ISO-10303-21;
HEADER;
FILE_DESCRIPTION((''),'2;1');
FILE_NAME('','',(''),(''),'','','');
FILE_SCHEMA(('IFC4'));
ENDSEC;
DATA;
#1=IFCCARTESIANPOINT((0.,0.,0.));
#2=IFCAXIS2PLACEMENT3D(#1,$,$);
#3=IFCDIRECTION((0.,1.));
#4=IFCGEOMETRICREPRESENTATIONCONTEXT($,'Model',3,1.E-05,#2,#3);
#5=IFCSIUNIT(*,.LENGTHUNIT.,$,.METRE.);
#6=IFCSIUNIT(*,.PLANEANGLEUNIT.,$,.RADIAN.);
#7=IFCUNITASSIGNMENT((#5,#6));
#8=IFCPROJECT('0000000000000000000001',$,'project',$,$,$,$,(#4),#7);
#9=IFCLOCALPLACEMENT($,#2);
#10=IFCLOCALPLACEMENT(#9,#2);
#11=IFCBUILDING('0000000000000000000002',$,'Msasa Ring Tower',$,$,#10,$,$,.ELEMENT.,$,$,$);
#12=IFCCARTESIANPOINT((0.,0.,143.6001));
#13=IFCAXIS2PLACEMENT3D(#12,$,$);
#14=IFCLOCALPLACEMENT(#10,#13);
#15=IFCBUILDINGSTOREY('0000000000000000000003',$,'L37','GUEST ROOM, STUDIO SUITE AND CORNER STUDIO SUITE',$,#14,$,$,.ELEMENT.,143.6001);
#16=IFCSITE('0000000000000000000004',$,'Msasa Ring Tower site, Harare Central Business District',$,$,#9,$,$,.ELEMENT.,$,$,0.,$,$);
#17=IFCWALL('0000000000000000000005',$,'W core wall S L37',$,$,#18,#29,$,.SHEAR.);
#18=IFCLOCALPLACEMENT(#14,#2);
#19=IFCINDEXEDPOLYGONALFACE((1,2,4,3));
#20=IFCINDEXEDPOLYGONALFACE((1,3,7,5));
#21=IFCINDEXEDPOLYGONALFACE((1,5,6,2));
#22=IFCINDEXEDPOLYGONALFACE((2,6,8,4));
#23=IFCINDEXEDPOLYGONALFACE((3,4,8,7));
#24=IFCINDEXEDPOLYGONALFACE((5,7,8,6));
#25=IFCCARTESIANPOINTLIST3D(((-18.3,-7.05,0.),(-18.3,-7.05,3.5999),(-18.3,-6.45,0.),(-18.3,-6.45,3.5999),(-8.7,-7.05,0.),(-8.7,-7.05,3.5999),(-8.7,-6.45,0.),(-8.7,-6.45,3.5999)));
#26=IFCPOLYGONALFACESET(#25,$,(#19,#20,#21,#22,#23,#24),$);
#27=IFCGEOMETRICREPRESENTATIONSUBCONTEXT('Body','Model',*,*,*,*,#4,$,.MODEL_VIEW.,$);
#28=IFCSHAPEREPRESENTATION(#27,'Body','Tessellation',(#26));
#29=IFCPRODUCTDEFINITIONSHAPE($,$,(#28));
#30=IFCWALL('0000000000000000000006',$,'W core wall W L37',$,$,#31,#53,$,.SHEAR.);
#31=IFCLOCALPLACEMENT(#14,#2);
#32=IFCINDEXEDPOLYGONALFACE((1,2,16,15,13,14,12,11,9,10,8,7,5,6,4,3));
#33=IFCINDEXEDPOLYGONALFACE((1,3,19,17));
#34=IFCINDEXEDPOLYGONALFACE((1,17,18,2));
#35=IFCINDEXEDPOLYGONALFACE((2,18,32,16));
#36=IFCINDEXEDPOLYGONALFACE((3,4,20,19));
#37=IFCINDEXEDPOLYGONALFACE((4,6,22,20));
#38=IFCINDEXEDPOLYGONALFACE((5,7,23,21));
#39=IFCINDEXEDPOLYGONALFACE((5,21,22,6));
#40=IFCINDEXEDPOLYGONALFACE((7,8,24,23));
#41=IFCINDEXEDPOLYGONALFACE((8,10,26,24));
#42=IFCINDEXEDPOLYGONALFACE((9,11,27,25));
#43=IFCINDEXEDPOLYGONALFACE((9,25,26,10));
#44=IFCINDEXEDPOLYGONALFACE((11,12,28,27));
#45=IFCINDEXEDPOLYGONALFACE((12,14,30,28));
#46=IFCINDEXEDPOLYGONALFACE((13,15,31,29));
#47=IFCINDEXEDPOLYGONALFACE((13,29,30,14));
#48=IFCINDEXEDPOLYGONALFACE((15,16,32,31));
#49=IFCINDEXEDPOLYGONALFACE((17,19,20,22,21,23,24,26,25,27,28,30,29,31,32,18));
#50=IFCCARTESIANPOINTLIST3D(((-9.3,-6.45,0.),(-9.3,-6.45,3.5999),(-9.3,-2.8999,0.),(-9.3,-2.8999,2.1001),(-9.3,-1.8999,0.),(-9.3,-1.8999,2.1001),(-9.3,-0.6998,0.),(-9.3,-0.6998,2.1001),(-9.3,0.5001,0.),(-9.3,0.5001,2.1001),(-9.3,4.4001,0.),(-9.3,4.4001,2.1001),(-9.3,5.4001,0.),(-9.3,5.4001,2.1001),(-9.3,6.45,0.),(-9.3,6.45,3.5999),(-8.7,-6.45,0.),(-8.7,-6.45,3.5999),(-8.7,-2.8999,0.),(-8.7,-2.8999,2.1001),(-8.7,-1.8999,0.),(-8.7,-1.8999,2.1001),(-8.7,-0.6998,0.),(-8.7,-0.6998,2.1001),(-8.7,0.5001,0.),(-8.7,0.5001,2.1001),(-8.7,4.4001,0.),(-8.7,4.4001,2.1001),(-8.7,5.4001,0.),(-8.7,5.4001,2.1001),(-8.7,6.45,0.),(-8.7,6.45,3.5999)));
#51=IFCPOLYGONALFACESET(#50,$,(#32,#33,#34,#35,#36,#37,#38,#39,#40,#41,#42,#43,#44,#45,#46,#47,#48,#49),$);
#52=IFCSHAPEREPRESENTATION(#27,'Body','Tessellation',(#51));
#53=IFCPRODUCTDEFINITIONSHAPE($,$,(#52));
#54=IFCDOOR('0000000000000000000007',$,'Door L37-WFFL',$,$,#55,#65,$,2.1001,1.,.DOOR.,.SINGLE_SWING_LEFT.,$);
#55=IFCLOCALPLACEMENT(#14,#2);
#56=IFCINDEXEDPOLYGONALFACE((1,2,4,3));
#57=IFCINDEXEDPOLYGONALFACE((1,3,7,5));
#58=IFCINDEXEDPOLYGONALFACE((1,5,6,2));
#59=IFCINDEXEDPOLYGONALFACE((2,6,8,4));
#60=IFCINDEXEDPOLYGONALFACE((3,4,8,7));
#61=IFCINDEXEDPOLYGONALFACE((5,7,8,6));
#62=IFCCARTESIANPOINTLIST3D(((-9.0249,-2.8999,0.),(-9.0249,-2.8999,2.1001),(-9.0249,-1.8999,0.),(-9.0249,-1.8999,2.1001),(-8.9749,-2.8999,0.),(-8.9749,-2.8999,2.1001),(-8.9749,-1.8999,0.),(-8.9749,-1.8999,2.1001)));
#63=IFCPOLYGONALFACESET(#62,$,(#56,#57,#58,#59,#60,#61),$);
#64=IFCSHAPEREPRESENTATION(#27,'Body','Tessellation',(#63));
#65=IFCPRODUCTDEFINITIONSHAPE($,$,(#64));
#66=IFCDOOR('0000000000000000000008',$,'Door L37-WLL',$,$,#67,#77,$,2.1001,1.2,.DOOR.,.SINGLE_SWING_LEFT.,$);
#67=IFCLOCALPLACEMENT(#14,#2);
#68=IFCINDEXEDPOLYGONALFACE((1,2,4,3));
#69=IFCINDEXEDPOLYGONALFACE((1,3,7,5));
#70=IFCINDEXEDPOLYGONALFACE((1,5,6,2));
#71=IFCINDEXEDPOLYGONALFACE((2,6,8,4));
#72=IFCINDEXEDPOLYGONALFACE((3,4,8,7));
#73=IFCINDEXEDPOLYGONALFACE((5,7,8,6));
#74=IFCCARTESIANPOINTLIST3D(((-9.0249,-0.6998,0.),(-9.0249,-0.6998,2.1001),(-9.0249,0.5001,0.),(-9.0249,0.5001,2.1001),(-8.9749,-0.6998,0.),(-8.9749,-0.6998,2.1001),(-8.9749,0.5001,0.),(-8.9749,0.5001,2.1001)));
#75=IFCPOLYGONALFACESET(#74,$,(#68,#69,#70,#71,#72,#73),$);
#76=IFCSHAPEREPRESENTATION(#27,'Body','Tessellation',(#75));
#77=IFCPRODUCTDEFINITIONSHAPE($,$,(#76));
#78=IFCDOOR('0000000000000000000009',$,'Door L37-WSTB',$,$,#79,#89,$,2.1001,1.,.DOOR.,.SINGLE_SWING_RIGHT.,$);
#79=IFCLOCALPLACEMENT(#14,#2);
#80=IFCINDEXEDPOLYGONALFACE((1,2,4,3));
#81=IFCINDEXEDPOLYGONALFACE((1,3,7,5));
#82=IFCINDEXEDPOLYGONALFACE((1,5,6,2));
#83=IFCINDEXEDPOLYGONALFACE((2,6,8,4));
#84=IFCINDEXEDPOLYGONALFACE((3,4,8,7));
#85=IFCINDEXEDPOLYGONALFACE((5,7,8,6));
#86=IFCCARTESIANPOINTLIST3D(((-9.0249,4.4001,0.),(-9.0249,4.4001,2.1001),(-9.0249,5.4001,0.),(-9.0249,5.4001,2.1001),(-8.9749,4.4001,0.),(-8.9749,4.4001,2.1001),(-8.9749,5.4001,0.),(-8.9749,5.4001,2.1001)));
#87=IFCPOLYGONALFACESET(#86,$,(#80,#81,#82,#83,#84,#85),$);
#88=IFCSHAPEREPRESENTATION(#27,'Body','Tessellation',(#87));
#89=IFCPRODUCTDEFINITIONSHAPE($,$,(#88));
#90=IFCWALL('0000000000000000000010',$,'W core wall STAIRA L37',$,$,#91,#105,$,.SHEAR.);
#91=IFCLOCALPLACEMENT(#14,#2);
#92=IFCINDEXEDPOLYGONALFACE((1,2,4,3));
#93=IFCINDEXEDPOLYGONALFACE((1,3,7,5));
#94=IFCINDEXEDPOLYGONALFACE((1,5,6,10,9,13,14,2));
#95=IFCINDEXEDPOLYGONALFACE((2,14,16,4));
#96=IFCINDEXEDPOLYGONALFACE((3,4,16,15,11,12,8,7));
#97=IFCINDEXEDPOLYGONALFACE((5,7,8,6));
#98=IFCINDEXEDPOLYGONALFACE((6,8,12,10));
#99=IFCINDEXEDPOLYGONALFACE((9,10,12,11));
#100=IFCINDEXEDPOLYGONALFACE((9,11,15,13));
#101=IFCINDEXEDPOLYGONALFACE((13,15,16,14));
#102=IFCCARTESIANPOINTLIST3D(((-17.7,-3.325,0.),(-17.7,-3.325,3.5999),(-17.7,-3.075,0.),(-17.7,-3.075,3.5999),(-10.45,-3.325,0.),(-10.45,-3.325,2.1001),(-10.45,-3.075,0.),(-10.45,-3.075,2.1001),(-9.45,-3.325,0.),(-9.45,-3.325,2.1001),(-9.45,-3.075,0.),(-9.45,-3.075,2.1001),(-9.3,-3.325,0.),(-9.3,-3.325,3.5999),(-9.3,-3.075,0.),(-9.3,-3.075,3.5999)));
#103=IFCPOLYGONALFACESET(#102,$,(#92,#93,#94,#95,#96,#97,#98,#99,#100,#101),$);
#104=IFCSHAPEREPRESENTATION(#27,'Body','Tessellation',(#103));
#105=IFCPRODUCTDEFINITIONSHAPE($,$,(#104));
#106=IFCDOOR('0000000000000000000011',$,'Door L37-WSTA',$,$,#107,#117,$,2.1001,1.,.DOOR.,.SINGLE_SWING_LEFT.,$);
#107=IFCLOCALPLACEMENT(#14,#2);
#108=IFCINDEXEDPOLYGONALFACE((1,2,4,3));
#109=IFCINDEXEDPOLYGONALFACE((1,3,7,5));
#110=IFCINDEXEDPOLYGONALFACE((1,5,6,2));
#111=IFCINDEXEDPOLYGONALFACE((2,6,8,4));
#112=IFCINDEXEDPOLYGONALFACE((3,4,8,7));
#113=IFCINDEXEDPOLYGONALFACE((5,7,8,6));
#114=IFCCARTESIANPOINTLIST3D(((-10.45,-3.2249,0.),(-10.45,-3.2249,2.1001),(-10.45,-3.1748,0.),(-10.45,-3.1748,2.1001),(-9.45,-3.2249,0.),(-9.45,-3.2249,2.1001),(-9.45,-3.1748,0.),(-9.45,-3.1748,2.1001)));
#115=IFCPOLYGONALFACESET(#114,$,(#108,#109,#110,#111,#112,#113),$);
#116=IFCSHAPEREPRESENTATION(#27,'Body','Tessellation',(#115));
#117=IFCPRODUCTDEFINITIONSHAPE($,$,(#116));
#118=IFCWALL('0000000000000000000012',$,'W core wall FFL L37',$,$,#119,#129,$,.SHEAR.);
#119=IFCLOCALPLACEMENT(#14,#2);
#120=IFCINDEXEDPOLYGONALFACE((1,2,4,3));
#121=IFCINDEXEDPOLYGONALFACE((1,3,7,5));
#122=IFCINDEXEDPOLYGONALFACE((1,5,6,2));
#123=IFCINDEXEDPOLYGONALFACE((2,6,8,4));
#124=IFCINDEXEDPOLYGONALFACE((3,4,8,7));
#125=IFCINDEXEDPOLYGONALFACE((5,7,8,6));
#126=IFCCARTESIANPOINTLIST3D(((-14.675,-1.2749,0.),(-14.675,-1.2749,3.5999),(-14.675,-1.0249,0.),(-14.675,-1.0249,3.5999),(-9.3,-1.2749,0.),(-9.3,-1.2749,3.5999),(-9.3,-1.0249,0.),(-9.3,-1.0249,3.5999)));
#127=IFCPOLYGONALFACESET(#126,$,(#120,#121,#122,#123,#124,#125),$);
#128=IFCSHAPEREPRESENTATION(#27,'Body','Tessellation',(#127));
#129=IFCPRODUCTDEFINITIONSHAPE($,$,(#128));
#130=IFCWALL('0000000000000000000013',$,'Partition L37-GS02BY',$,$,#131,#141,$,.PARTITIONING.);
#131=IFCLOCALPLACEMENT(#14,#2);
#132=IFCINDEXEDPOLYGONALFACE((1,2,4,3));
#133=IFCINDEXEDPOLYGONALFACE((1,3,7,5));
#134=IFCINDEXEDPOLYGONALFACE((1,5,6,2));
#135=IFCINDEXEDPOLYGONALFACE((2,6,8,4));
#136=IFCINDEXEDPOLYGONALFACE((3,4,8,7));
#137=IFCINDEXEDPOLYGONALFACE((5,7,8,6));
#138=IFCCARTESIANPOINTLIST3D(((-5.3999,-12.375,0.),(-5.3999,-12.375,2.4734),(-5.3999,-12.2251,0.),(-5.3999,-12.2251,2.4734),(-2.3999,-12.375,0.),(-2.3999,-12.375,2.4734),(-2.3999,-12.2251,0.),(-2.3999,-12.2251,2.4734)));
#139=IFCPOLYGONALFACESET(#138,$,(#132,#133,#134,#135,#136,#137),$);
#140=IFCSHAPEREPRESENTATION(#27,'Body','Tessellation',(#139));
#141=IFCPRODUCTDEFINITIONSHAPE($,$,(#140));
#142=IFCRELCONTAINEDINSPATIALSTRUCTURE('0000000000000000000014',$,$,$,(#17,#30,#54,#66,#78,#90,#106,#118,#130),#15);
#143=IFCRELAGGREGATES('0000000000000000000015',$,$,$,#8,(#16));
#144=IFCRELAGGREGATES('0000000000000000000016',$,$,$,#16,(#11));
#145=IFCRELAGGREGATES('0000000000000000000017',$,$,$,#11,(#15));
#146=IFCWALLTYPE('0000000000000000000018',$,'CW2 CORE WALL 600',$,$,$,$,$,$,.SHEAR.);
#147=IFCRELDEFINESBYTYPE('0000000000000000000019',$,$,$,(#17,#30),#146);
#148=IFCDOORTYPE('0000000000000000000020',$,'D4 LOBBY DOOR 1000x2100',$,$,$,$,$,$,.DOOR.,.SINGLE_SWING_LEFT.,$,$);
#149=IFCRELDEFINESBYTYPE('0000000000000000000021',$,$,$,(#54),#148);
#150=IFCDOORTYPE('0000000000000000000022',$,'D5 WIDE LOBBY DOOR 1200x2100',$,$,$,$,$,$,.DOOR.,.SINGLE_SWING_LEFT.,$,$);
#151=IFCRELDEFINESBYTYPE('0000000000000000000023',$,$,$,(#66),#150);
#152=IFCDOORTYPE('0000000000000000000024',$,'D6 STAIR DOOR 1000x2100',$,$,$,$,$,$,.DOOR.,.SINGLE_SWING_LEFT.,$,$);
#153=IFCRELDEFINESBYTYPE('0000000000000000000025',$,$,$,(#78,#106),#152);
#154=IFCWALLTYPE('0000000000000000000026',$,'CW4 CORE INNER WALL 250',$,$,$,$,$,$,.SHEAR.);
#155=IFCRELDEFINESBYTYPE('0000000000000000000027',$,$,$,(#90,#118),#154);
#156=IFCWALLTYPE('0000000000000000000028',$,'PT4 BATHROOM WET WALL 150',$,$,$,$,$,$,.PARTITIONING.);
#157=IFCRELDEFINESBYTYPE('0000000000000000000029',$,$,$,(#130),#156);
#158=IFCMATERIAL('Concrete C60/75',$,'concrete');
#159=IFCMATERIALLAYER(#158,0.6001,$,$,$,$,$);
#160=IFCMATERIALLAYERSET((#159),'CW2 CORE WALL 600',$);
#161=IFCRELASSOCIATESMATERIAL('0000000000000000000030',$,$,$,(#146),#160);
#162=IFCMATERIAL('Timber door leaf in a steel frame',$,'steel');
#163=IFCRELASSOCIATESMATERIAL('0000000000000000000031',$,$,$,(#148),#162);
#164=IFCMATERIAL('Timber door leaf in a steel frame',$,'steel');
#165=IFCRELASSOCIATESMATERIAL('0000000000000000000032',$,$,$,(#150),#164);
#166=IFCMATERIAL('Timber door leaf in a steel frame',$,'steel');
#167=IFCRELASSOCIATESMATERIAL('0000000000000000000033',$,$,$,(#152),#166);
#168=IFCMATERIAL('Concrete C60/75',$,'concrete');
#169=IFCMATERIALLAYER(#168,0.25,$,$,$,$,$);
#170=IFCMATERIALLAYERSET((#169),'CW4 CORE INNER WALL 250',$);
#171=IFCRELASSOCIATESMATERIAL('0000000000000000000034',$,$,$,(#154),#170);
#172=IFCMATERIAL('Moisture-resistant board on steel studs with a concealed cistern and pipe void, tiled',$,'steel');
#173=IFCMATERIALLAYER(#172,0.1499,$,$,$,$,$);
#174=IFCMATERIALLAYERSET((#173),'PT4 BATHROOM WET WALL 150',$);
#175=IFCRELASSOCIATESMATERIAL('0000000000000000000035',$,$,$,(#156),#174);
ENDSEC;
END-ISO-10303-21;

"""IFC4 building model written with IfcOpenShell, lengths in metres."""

from ifc_helpers import new_model, si_unit, direction, frame, frame_2d, origin, place, context, subcontext, project, spatial, rectangle, extrude, material, layer, layer_set, type_object, element, fill, save


model = new_model("IFC4")

# Units and contexts
model_context = context("Model", 3, precision=1e-05, world=origin(), true_north=direction((0.0, 1.0)))
body_context = subcontext(model_context, "Body", "Model", "MODEL_VIEW")
ifc_project = project(units=[si_unit("LENGTHUNIT", "METRE"), si_unit("PLANEANGLEUNIT", "RADIAN")], contexts=[model_context])

# Site, building, storey
site_placement = place(None, origin())
site = spatial("IfcSite", under=ifc_project, at=site_placement, Name="Msasa Ring Tower site, Harare Central Business District", CompositionType="ELEMENT", RefElevation=0.0)
building_placement = place(site_placement, origin())
building = spatial("IfcBuilding", under=site, at=building_placement, Name="Msasa Ring Tower", CompositionType="ELEMENT")
storey_placement = place(building_placement, frame((0.0, 0.0, 143.6001)))
storey = spatial("IfcBuildingStorey", under=building, at=storey_placement, Name="L37", Description="GUEST ROOM, STUDIO SUITE AND CORNER STUDIO SUITE", CompositionType="ELEMENT", Elevation=143.6001)

# Wall
ifc_material_1 = material(Name="Concrete C60/75", Category="concrete")
ifc_layer_1 = layer(ifc_material_1, 0.6001)
ifc_layer_set_1 = layer_set([ifc_layer_1], Name="CW2 CORE WALL 600")
wall_type_1 = type_object("IfcWallType", Name="CW2 CORE WALL 600", PredefinedType="SHEAR", material=ifc_layer_set_1)
wall_1_placement = place(storey_placement, frame((-8.7, -6.75, 0.0), z_axis=(0.0, 0.0, 1.0), x_axis=(-1.0, 0.0, 0.0)))
element("IfcWall", 1, at=wall_1_placement, inside=storey, type_object=wall_type_1, Name="W core wall S L37", PredefinedType="SHEAR", context=body_context, shape_type="SweptSolid", body=[
    extrude(rectangle(XDim=9.6001, YDim=0.6001, at=frame_2d((4.8, 0.0))), origin(), (0.0, 0.0, 1.0), 3.5999),
])

# Wall, openings, doors
wall_2_placement = place(storey_placement, frame((-9.0, -6.45, 0.0), z_axis=(0.0, 0.0, 1.0), x_axis=(0.0, 1.0, 0.0)))
wall_2 = element("IfcWall", 2, at=wall_2_placement, inside=storey, type_object=wall_type_1, Name="W core wall W L37", PredefinedType="SHEAR", context=body_context, shape_type="SweptSolid", body=[
    extrude(rectangle(XDim=12.8999, YDim=0.6001, at=frame_2d((6.45, 0.0))), origin(), (0.0, 0.0, 1.0), 3.5999),
])
opening_1_placement = place(wall_2_placement, frame((3.55, 0.0, 0.0)))
opening_1 = element("IfcOpeningElement", 3, at=opening_1_placement, cuts=wall_2, PredefinedType="OPENING", context=body_context, shape_type="SweptSolid", body=[
    extrude(rectangle(XDim=1.0, YDim=2.1001, at=frame_2d((0.5, 1.05))), frame((0.0, 0.3101, 0.0), z_axis=(0.0, -1.0, 0.0), x_axis=(1.0, 0.0, 0.0)), (0.0, 0.0, 1.0), 0.6201),
])
opening_2_placement = place(wall_2_placement, frame((5.75, 0.0, 0.0)))
opening_2 = element("IfcOpeningElement", 4, at=opening_2_placement, cuts=wall_2, PredefinedType="OPENING", context=body_context, shape_type="SweptSolid", body=[
    extrude(rectangle(XDim=1.2, YDim=2.1001, at=frame_2d((0.6001, 1.05))), frame((0.0, 0.3101, 0.0), z_axis=(0.0, -1.0, 0.0), x_axis=(1.0, 0.0, 0.0)), (0.0, 0.0, 1.0), 0.6201),
])
opening_3_placement = place(wall_2_placement, frame((10.8501, 0.0, 0.0)))
opening_3 = element("IfcOpeningElement", 5, at=opening_3_placement, cuts=wall_2, PredefinedType="OPENING", context=body_context, shape_type="SweptSolid", body=[
    extrude(rectangle(XDim=1.0, YDim=2.1001, at=frame_2d((0.5, 1.05))), frame((0.0, 0.3101, 0.0), z_axis=(0.0, -1.0, 0.0), x_axis=(1.0, 0.0, 0.0)), (0.0, 0.0, 1.0), 0.6201),
])
ifc_material_2 = material(Name="Timber door leaf in a steel frame", Category="steel")
door_type_1 = type_object("IfcDoorType", Name="D4 LOBBY DOOR 1000x2100", OperationType="SINGLE_SWING_LEFT", PredefinedType="DOOR", material=ifc_material_2)
door_1_placement = place(opening_1_placement, origin())
door_1 = element("IfcDoor", 6, at=door_1_placement, inside=storey, type_object=door_type_1, Name="Door L37-WFFL", OperationType="SINGLE_SWING_LEFT", OverallHeight=2.1001, OverallWidth=1.0, PredefinedType="DOOR", context=body_context, shape_type="SweptSolid", body=[
    extrude(rectangle(XDim=1.0, YDim=2.1001, at=frame_2d((0.5, 1.05))), frame((0.0, 0.0249, 0.0), z_axis=(0.0, -1.0, 0.0), x_axis=(1.0, 0.0, 0.0)), (0.0, 0.0, 1.0), 0.05),
])
fill(opening_1, door_1)
ifc_material_3 = material(Name="Timber door leaf in a steel frame", Category="steel")
door_type_2 = type_object("IfcDoorType", Name="D5 WIDE LOBBY DOOR 1200x2100", OperationType="SINGLE_SWING_LEFT", PredefinedType="DOOR", material=ifc_material_3)
door_2_placement = place(opening_2_placement, origin())
door_2 = element("IfcDoor", 7, at=door_2_placement, inside=storey, type_object=door_type_2, Name="Door L37-WLL", OperationType="SINGLE_SWING_LEFT", OverallHeight=2.1001, OverallWidth=1.2, PredefinedType="DOOR", context=body_context, shape_type="SweptSolid", body=[
    extrude(rectangle(XDim=1.2, YDim=2.1001, at=frame_2d((0.6001, 1.05))), frame((0.0, 0.0249, 0.0), z_axis=(0.0, -1.0, 0.0), x_axis=(1.0, 0.0, 0.0)), (0.0, 0.0, 1.0), 0.05),
])
fill(opening_2, door_2)
ifc_material_4 = material(Name="Timber door leaf in a steel frame", Category="steel")
door_type_3 = type_object("IfcDoorType", Name="D6 STAIR DOOR 1000x2100", OperationType="SINGLE_SWING_LEFT", PredefinedType="DOOR", material=ifc_material_4)
door_3_placement = place(opening_3_placement, origin())
door_3 = element("IfcDoor", 8, at=door_3_placement, inside=storey, type_object=door_type_3, Name="Door L37-WSTB", OperationType="SINGLE_SWING_RIGHT", OverallHeight=2.1001, OverallWidth=1.0, PredefinedType="DOOR", context=body_context, shape_type="SweptSolid", body=[
    extrude(rectangle(XDim=1.0, YDim=2.1001, at=frame_2d((0.5, 1.05))), frame((0.0, 0.0249, 0.0), z_axis=(0.0, -1.0, 0.0), x_axis=(1.0, 0.0, 0.0)), (0.0, 0.0, 1.0), 0.05),
])
fill(opening_3, door_3)

# Wall, opening, door
ifc_material_5 = material(Name="Concrete C60/75", Category="concrete")
ifc_layer_2 = layer(ifc_material_5, 0.25)
ifc_layer_set_2 = layer_set([ifc_layer_2], Name="CW4 CORE INNER WALL 250")
wall_type_2 = type_object("IfcWallType", Name="CW4 CORE INNER WALL 250", PredefinedType="SHEAR", material=ifc_layer_set_2)
wall_3_placement = place(storey_placement, frame((-9.3, -3.2, 0.0), z_axis=(0.0, 0.0, 1.0), x_axis=(-1.0, 0.0, 0.0)))
wall_3 = element("IfcWall", 9, at=wall_3_placement, inside=storey, type_object=wall_type_2, Name="W core wall STAIRA L37", PredefinedType="SHEAR", context=body_context, shape_type="SweptSolid", body=[
    extrude(rectangle(XDim=8.3999, YDim=0.25, at=frame_2d((4.2, 0.0))), origin(), (0.0, 0.0, 1.0), 3.5999),
])
opening_4_placement = place(wall_3_placement, frame((0.1499, 0.0, 0.0)))
opening_4 = element("IfcOpeningElement", 10, at=opening_4_placement, cuts=wall_3, PredefinedType="OPENING", context=body_context, shape_type="SweptSolid", body=[
    extrude(rectangle(XDim=1.0, YDim=2.1001, at=frame_2d((0.5, 1.05))), frame((0.0, 0.135, 0.0), z_axis=(0.0, -1.0, 0.0), x_axis=(1.0, 0.0, 0.0)), (0.0, 0.0, 1.0), 0.27),
])
door_4_placement = place(opening_4_placement, origin())
door_4 = element("IfcDoor", 11, at=door_4_placement, inside=storey, type_object=door_type_3, Name="Door L37-WSTA", OperationType="SINGLE_SWING_LEFT", OverallHeight=2.1001, OverallWidth=1.0, PredefinedType="DOOR", context=body_context, shape_type="SweptSolid", body=[
    extrude(rectangle(XDim=1.0, YDim=2.1001, at=frame_2d((0.5, 1.05))), frame((0.0, 0.0249, 0.0), z_axis=(0.0, -1.0, 0.0), x_axis=(1.0, 0.0, 0.0)), (0.0, 0.0, 1.0), 0.05),
])
fill(opening_4, door_4)

# Walls
wall_4_placement = place(storey_placement, frame((-9.3, -1.1499, 0.0), z_axis=(0.0, 0.0, 1.0), x_axis=(-1.0, 0.0, 0.0)))
element("IfcWall", 12, at=wall_4_placement, inside=storey, type_object=wall_type_2, Name="W core wall FFL L37", PredefinedType="SHEAR", context=body_context, shape_type="SweptSolid", body=[
    extrude(rectangle(XDim=5.375, YDim=0.25, at=frame_2d((2.6875, 0.0))), origin(), (0.0, 0.0, 1.0), 3.5999),
])
ifc_material_6 = material(Name="Moisture-resistant board on steel studs with a concealed cistern and pipe void, tiled", Category="steel")
ifc_layer_3 = layer(ifc_material_6, 0.1499)
ifc_layer_set_3 = layer_set([ifc_layer_3], Name="PT4 BATHROOM WET WALL 150")
wall_type_3 = type_object("IfcWallType", Name="PT4 BATHROOM WET WALL 150", PredefinedType="PARTITIONING", material=ifc_layer_set_3)
wall_5_placement = place(storey_placement, frame((-5.3999, -12.3, 0.0), z_axis=(0.0, 0.0, 1.0), x_axis=(1.0, 0.0, 0.0)))
element("IfcWall", 13, at=wall_5_placement, inside=storey, type_object=wall_type_3, Name="Partition L37-GS02BY", PredefinedType="PARTITIONING", context=body_context, shape_type="SweptSolid", body=[
    extrude(rectangle(XDim=3.0, YDim=0.1499, at=frame_2d((1.5, 0.0))), origin(), (0.0, 0.0, 1.0), 2.4734),
])

save(model, "model.ifc")
